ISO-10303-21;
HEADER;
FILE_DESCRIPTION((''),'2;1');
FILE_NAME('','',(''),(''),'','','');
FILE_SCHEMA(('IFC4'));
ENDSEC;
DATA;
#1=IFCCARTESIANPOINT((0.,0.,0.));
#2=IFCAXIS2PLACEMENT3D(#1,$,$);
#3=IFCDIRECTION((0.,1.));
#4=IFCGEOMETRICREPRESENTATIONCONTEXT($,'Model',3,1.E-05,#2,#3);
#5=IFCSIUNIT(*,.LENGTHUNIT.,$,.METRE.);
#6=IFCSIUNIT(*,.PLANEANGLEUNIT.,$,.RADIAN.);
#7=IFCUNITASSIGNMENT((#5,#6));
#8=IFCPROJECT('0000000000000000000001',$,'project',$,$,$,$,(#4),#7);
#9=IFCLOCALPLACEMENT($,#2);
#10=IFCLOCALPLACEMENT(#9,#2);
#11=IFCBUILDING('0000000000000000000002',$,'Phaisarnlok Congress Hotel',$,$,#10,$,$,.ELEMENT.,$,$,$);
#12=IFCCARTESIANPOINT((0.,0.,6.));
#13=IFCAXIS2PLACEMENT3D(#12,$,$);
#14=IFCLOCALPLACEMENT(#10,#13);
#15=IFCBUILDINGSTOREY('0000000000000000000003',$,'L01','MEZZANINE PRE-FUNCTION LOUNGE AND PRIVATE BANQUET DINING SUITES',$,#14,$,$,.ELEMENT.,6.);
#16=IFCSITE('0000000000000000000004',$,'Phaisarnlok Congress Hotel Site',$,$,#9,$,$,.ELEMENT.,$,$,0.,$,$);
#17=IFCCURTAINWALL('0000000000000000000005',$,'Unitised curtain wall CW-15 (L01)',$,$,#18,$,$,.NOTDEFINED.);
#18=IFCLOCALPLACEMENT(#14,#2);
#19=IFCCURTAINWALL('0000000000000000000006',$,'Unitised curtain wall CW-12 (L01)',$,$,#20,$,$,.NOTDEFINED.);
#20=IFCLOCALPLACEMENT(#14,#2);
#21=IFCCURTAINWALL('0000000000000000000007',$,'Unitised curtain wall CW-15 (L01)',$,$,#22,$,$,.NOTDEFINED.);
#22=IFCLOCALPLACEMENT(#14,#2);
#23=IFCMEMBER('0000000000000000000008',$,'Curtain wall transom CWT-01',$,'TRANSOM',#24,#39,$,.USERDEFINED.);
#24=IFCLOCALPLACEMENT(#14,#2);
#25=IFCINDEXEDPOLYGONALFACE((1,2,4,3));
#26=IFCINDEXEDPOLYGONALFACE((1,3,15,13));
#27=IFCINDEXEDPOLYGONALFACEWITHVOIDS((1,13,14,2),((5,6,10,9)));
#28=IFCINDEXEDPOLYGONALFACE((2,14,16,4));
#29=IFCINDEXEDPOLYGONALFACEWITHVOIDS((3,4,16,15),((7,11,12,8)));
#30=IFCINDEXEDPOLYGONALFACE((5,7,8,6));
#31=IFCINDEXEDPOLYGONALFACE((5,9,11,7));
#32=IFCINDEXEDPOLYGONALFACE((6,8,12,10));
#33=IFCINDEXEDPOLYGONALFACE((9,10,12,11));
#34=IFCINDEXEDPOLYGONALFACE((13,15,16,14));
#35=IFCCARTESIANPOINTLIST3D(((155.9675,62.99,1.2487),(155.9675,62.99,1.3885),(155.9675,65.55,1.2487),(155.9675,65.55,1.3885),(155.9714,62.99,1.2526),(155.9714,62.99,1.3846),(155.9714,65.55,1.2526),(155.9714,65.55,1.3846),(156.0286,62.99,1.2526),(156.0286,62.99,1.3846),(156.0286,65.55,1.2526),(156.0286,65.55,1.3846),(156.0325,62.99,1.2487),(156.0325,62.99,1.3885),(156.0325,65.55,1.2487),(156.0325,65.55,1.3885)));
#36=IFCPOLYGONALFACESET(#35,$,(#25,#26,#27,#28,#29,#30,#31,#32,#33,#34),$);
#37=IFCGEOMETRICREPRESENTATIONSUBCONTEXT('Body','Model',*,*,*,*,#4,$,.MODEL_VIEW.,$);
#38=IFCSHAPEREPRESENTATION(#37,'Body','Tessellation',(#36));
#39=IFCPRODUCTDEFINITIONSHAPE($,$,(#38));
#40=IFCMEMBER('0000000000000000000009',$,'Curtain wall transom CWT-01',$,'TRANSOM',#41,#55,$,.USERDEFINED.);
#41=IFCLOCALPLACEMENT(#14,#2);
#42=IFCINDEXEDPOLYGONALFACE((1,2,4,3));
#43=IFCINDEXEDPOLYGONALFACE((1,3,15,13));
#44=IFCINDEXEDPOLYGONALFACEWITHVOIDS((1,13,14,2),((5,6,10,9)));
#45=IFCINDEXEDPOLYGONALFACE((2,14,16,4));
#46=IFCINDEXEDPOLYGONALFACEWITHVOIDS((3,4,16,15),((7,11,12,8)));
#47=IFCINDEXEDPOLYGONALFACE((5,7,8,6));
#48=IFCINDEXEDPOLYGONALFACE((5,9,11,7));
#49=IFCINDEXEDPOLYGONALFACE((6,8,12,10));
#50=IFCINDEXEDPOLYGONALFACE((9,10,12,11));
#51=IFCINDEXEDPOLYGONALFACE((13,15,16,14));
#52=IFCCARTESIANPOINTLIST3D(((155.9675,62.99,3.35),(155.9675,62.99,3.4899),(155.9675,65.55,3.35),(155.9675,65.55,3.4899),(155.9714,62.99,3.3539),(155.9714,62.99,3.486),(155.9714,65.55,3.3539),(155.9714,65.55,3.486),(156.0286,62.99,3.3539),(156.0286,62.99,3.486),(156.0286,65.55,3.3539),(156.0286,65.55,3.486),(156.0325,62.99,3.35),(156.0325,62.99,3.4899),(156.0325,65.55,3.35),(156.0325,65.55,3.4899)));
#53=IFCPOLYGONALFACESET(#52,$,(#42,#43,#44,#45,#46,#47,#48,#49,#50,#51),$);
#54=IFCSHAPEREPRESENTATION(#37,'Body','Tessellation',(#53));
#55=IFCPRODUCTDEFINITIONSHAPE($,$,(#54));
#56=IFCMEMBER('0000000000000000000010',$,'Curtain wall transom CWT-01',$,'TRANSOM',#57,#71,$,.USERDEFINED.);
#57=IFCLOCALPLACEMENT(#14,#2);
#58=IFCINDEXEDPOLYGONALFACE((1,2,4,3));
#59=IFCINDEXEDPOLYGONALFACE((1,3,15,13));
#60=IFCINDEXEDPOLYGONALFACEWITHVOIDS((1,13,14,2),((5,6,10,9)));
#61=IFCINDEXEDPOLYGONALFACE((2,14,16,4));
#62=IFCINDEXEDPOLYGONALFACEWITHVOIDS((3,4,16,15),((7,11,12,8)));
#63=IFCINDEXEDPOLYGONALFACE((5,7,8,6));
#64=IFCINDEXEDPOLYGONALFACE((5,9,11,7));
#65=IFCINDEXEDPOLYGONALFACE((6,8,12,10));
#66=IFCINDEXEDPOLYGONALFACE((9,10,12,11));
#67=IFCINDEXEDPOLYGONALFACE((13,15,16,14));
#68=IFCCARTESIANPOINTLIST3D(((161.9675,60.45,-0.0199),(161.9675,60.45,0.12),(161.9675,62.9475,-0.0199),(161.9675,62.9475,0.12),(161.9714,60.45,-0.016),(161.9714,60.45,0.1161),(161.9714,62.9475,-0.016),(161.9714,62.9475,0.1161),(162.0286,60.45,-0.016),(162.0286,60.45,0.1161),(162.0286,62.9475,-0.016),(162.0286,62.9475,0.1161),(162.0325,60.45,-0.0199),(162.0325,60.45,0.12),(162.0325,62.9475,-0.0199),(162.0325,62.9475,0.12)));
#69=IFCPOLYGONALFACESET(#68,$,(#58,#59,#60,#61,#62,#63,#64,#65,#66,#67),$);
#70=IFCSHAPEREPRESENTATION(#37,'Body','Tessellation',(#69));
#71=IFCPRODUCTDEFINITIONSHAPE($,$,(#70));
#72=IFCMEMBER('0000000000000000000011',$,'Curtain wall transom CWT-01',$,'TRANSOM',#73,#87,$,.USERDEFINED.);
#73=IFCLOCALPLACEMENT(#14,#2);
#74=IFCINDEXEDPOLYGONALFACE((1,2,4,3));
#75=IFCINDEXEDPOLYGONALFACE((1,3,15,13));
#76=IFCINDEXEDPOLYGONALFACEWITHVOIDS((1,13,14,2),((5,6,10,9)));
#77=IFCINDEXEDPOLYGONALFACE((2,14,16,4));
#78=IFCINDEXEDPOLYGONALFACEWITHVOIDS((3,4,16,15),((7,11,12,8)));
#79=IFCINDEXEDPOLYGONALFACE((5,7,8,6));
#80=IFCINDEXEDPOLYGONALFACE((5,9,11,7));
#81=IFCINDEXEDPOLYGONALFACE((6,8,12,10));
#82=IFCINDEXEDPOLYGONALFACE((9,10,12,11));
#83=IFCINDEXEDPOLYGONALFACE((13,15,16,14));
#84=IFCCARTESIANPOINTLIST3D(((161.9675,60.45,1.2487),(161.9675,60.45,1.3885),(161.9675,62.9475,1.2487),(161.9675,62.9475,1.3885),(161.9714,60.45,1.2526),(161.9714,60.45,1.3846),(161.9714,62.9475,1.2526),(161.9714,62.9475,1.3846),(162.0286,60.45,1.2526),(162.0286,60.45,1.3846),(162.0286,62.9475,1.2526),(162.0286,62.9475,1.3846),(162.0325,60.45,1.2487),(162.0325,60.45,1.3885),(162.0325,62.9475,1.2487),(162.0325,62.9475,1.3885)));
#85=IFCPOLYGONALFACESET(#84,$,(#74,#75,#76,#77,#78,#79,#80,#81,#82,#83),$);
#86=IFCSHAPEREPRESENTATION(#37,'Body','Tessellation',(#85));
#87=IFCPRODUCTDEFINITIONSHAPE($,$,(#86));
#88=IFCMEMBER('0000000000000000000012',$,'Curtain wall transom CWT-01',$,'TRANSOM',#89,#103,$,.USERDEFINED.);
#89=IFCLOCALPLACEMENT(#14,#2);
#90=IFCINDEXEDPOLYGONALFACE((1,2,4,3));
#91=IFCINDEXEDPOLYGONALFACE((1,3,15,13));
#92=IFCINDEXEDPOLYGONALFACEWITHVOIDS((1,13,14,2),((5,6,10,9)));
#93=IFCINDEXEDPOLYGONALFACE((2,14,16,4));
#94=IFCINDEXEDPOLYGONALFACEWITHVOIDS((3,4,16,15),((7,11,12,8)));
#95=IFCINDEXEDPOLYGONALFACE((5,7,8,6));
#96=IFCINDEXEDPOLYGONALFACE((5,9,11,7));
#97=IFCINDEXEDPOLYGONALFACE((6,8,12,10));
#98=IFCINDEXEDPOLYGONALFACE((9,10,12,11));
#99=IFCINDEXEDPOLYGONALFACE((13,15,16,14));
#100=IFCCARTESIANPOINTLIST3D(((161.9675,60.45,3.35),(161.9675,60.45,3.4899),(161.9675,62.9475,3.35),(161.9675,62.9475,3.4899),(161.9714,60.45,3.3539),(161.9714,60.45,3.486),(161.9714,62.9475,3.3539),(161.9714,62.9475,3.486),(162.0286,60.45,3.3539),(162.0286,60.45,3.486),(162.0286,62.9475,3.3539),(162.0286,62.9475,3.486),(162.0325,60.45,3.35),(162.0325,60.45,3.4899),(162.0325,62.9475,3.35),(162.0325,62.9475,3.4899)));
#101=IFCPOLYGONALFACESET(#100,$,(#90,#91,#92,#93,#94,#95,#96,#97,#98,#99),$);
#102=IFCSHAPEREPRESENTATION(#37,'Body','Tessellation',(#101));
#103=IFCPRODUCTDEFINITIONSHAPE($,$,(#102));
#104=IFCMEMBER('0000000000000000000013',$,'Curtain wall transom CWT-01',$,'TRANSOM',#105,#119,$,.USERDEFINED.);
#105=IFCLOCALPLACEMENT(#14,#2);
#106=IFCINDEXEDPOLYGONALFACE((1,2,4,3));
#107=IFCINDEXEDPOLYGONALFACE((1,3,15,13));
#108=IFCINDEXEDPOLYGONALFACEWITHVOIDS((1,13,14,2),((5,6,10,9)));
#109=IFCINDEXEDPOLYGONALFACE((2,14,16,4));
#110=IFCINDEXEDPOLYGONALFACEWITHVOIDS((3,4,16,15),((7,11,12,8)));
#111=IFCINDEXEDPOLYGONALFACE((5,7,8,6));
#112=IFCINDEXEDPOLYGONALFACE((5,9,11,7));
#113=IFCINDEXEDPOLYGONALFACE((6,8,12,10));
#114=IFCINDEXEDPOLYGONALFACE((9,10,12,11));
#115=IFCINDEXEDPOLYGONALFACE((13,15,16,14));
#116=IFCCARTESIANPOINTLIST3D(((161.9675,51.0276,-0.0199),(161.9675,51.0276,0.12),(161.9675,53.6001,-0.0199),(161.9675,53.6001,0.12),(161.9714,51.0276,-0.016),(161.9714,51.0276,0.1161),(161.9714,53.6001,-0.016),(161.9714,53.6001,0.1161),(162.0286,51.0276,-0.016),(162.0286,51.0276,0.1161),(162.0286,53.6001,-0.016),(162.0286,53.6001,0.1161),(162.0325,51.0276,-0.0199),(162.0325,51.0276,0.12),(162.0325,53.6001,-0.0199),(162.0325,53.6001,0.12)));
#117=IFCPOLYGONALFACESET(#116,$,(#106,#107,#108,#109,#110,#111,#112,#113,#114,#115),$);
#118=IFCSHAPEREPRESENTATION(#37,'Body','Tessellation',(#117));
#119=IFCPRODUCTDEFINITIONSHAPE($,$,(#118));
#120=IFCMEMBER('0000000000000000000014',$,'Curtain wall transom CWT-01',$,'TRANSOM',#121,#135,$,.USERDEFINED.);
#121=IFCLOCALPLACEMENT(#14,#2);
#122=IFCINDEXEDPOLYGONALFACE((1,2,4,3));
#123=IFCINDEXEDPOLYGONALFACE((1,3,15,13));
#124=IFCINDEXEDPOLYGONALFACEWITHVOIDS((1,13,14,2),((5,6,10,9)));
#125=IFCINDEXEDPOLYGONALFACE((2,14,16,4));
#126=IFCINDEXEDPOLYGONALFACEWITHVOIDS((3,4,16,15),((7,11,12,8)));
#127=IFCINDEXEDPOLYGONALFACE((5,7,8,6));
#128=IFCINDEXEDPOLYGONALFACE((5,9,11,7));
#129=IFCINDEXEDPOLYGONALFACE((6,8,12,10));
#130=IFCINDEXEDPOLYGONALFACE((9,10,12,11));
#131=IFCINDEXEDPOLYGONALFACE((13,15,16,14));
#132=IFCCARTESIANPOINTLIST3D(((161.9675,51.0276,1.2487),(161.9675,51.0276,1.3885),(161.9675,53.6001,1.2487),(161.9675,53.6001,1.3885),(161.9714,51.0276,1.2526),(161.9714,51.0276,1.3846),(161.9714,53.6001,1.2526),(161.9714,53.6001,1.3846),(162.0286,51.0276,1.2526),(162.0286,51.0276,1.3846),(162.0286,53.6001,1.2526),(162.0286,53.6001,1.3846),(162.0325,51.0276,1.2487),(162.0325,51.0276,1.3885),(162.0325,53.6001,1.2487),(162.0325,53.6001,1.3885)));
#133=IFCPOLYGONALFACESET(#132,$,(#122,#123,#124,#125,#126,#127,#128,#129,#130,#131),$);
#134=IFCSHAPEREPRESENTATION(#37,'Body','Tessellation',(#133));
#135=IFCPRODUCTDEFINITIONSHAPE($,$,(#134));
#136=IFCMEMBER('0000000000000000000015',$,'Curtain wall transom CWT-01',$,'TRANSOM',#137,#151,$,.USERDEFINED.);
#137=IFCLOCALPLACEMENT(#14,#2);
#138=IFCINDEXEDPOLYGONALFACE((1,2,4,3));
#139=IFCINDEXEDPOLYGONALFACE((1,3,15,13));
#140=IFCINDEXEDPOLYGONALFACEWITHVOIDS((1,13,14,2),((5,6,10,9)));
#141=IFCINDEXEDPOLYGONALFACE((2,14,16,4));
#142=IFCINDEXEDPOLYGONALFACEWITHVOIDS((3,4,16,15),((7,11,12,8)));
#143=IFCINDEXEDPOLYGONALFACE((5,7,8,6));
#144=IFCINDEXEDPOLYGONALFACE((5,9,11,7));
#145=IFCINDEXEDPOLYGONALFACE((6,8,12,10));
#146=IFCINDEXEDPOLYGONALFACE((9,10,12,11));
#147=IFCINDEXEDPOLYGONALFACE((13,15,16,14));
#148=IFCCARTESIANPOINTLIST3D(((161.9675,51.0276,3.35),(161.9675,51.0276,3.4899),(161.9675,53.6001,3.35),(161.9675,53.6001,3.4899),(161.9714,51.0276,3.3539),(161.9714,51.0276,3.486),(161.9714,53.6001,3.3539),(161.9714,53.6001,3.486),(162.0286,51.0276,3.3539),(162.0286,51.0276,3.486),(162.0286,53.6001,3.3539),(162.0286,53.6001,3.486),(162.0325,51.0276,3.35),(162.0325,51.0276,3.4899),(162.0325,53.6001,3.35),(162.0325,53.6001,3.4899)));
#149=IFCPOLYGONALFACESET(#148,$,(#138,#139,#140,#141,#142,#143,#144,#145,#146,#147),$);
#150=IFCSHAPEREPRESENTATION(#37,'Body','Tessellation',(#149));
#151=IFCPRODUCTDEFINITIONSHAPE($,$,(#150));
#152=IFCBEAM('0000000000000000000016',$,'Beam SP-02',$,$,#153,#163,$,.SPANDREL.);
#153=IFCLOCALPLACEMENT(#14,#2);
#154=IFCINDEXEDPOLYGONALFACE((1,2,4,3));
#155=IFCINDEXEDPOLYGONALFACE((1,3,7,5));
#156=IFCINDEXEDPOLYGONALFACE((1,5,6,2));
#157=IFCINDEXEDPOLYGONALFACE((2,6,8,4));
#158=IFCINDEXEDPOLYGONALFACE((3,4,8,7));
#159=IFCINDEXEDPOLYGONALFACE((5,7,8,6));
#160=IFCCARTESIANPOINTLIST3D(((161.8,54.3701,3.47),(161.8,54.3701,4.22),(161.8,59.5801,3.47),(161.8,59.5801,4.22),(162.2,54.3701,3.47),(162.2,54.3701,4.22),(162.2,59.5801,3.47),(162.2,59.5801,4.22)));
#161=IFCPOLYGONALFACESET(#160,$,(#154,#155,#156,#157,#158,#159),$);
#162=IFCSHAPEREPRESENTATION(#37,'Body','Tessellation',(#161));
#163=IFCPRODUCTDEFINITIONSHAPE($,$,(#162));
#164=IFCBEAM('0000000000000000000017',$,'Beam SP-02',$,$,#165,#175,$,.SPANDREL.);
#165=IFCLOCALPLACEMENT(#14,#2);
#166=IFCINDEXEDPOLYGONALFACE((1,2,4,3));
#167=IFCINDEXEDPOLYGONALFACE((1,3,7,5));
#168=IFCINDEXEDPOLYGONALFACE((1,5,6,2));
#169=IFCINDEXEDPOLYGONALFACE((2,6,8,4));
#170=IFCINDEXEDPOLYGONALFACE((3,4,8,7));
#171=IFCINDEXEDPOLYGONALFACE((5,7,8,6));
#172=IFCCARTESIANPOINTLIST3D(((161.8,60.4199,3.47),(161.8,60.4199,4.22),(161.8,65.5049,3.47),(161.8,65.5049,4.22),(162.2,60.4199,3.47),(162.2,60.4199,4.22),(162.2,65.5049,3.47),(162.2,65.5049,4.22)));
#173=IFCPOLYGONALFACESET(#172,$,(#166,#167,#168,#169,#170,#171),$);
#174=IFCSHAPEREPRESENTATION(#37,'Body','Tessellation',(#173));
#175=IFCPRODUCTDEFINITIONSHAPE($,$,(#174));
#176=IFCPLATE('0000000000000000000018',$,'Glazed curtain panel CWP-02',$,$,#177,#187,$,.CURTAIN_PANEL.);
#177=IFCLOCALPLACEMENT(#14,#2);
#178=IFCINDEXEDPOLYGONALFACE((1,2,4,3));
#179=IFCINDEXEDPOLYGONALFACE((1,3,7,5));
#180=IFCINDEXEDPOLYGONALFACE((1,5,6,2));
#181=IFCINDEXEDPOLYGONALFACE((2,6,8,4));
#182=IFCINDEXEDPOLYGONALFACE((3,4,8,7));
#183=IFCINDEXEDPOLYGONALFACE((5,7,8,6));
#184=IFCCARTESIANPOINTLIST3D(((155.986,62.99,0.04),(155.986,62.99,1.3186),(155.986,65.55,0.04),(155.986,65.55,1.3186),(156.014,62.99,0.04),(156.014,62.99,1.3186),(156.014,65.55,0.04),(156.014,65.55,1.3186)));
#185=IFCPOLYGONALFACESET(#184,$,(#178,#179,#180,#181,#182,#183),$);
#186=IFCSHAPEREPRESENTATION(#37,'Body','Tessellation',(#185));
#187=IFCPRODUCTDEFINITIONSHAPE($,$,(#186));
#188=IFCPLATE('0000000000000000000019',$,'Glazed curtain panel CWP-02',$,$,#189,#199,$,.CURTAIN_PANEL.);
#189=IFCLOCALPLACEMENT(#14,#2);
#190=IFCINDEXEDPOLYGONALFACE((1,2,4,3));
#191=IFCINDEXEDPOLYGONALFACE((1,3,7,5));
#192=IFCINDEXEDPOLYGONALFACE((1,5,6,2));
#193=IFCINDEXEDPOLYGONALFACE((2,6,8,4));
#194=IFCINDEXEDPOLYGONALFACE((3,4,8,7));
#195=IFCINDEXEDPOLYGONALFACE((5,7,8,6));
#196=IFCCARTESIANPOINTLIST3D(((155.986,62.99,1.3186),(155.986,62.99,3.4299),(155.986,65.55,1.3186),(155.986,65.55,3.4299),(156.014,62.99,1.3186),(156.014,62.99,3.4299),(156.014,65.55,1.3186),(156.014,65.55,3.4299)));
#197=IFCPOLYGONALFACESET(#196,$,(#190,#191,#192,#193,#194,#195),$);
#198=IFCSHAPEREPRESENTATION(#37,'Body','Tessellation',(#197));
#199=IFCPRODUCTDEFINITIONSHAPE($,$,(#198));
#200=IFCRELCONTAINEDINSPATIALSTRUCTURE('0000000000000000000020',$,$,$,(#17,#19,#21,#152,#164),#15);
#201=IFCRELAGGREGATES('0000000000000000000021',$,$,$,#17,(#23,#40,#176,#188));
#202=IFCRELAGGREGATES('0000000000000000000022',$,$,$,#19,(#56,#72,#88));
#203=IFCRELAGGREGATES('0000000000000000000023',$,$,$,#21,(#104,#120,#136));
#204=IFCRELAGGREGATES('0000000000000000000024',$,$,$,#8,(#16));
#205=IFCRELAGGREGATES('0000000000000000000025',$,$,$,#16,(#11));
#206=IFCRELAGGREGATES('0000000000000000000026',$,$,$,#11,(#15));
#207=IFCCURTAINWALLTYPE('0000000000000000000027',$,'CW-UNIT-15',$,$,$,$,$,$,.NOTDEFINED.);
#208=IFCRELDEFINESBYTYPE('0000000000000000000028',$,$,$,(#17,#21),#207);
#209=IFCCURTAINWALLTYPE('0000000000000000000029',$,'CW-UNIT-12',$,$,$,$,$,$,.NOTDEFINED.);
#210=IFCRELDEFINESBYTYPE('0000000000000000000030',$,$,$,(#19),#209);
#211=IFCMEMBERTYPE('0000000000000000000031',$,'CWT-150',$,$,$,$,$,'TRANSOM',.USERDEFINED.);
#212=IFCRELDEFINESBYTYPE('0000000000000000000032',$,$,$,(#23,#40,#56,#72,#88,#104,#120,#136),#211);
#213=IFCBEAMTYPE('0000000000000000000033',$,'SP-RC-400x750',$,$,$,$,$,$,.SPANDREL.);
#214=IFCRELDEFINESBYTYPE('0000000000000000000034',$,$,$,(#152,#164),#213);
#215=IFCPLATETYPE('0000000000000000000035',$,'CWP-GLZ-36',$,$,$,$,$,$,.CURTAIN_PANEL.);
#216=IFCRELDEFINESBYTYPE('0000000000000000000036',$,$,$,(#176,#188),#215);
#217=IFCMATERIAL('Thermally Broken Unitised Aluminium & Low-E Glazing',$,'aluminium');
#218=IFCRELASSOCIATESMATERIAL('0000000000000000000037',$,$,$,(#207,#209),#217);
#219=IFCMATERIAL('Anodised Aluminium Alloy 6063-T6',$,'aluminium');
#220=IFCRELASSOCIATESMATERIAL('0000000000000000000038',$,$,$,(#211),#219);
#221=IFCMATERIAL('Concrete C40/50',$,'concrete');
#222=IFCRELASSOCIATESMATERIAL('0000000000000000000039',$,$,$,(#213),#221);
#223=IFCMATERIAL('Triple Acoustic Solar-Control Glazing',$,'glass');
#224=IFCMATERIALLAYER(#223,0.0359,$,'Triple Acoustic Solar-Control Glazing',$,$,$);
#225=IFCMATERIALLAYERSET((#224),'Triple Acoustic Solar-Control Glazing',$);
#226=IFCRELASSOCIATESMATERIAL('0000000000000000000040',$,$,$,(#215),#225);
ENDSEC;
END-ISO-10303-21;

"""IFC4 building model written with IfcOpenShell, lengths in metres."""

from ifc_helpers import new_model, si_unit, direction, frame, frame_2d, origin, origin_2d, place, context, subcontext, project, spatial, rectangle, hollow_rectangle, extrude, material, layer, layer_set, material_profile, profile_set, type_object, element, aggregate, save


model = new_model("IFC4")

# Units and contexts
model_context = context("Model", 3, precision=1e-05, world=origin(), true_north=direction((0.0, 1.0)))
body_context = subcontext(model_context, "Body", "Model", "MODEL_VIEW")
ifc_project = project(units=[si_unit("LENGTHUNIT", "METRE"), si_unit("PLANEANGLEUNIT", "RADIAN")], contexts=[model_context])

# Site, building, storey
site_placement = place(None, origin())
site = spatial("IfcSite", under=ifc_project, at=site_placement, Name="Phaisarnlok Congress Hotel Site", CompositionType="ELEMENT", RefElevation=0.0)
building_placement = place(site_placement, origin())
building = spatial("IfcBuilding", under=site, at=building_placement, Name="Phaisarnlok Congress Hotel", CompositionType="ELEMENT")
storey_placement = place(building_placement, frame((0.0, 0.0, 6.0)))
storey = spatial("IfcBuildingStorey", under=building, at=storey_placement, Name="L01", Description="MEZZANINE PRE-FUNCTION LOUNGE AND PRIVATE BANQUET DINING SUITES", CompositionType="ELEMENT", Elevation=6.0)

# Curtain walls
ifc_material_1 = material(Name="Thermally Broken Unitised Aluminium & Low-E Glazing", Category="aluminium")
curtain_wall_type_1 = type_object("IfcCurtainWallType", Name="CW-UNIT-15", PredefinedType="NOTDEFINED", material=ifc_material_1)
curtain_wall_1_placement = place(storey_placement, origin())
curtain_wall_1 = element("IfcCurtainWall", 1, at=curtain_wall_1_placement, inside=storey, type_object=curtain_wall_type_1, Name="Unitised curtain wall CW-15 (L01)", PredefinedType="NOTDEFINED")
ifc_material_2 = material(Name="Anodised Aluminium Alloy 6063-T6", Category="aluminium")
curtain_wall_type_2 = type_object("IfcCurtainWallType", Name="CW-UNIT-12", PredefinedType="NOTDEFINED", material=ifc_material_1)
curtain_wall_2_placement = place(storey_placement, origin())
curtain_wall_2 = element("IfcCurtainWall", 2, at=curtain_wall_2_placement, inside=storey, type_object=curtain_wall_type_2, Name="Unitised curtain wall CW-12 (L01)", PredefinedType="NOTDEFINED")
curtain_wall_3_placement = place(storey_placement, origin())
curtain_wall_3 = element("IfcCurtainWall", 3, at=curtain_wall_3_placement, inside=storey, type_object=curtain_wall_type_1, Name="Unitised curtain wall CW-15 (L01)", PredefinedType="NOTDEFINED")

# Members
ifc_material_profile_1 = material_profile(ifc_material_2, hollow_rectangle(XDim=0.0649, YDim=0.1399, WallThickness=0.0039, at=origin_2d()), Name="ALU-T 65x140x4")
ifc_profile_set_1 = profile_set([ifc_material_profile_1], Name="Anodised Aluminium Alloy 6063-T6")
member_type_1 = type_object("IfcMemberType", Name="CWT-150", ElementType="TRANSOM", PredefinedType="USERDEFINED", material=ifc_profile_set_1)
member_1_placement = place(storey_placement, frame((156.0, 62.99, 1.3186), z_axis=(0.0, 1.0, 0.0), x_axis=(-1.0, 0.0, 0.0)))
member_1 = element("IfcMember", 4, at=member_1_placement, type_object=member_type_1, Name="Curtain wall transom CWT-01", ObjectType="TRANSOM", PredefinedType="USERDEFINED", context=body_context, shape_type="SweptSolid", body=[
    extrude(hollow_rectangle(XDim=0.0649, YDim=0.1399, WallThickness=0.0039, at=origin_2d()), origin(), (0.0, 0.0, 1.0), 2.5601),
])
member_2_placement = place(storey_placement, frame((156.0, 62.99, 3.4199), z_axis=(0.0, 1.0, 0.0), x_axis=(-1.0, 0.0, 0.0)))
member_2 = element("IfcMember", 5, at=member_2_placement, type_object=member_type_1, Name="Curtain wall transom CWT-01", ObjectType="TRANSOM", PredefinedType="USERDEFINED", context=body_context, shape_type="SweptSolid", body=[
    extrude(hollow_rectangle(XDim=0.0649, YDim=0.1399, WallThickness=0.0039, at=origin_2d()), origin(), (0.0, 0.0, 1.0), 2.5601),
])
member_3_placement = place(storey_placement, frame((162.0, 62.9475, 0.05), z_axis=(0.0, -1.0, 0.0), x_axis=(1.0, 0.0, 0.0)))
member_3 = element("IfcMember", 6, at=member_3_placement, type_object=member_type_1, Name="Curtain wall transom CWT-01", ObjectType="TRANSOM", PredefinedType="USERDEFINED", context=body_context, shape_type="SweptSolid", body=[
    extrude(hollow_rectangle(XDim=0.0649, YDim=0.1399, WallThickness=0.0039, at=origin_2d()), origin(), (0.0, 0.0, 1.0), 2.4976),
])
member_4_placement = place(storey_placement, frame((162.0, 62.9475, 1.3186), z_axis=(0.0, -1.0, 0.0), x_axis=(1.0, 0.0, 0.0)))
member_4 = element("IfcMember", 7, at=member_4_placement, type_object=member_type_1, Name="Curtain wall transom CWT-01", ObjectType="TRANSOM", PredefinedType="USERDEFINED", context=body_context, shape_type="SweptSolid", body=[
    extrude(hollow_rectangle(XDim=0.0649, YDim=0.1399, WallThickness=0.0039, at=origin_2d()), origin(), (0.0, 0.0, 1.0), 2.4976),
])
member_5_placement = place(storey_placement, frame((162.0, 62.9475, 3.4199), z_axis=(0.0, -1.0, 0.0), x_axis=(1.0, 0.0, 0.0)))
member_5 = element("IfcMember", 8, at=member_5_placement, type_object=member_type_1, Name="Curtain wall transom CWT-01", ObjectType="TRANSOM", PredefinedType="USERDEFINED", context=body_context, shape_type="SweptSolid", body=[
    extrude(hollow_rectangle(XDim=0.0649, YDim=0.1399, WallThickness=0.0039, at=origin_2d()), origin(), (0.0, 0.0, 1.0), 2.4976),
])
member_6_placement = place(storey_placement, frame((162.0, 53.6001, 0.05), z_axis=(0.0, -1.0, 0.0), x_axis=(1.0, 0.0, 0.0)))
member_6 = element("IfcMember", 9, at=member_6_placement, type_object=member_type_1, Name="Curtain wall transom CWT-01", ObjectType="TRANSOM", PredefinedType="USERDEFINED", context=body_context, shape_type="SweptSolid", body=[
    extrude(hollow_rectangle(XDim=0.0649, YDim=0.1399, WallThickness=0.0039, at=origin_2d()), origin(), (0.0, 0.0, 1.0), 2.5725),
])
member_7_placement = place(storey_placement, frame((162.0, 53.6001, 1.3186), z_axis=(0.0, -1.0, 0.0), x_axis=(1.0, 0.0, 0.0)))
member_7 = element("IfcMember", 10, at=member_7_placement, type_object=member_type_1, Name="Curtain wall transom CWT-01", ObjectType="TRANSOM", PredefinedType="USERDEFINED", context=body_context, shape_type="SweptSolid", body=[
    extrude(hollow_rectangle(XDim=0.0649, YDim=0.1399, WallThickness=0.0039, at=origin_2d()), origin(), (0.0, 0.0, 1.0), 2.5725),
])
member_8_placement = place(storey_placement, frame((162.0, 53.6001, 3.4199), z_axis=(0.0, -1.0, 0.0), x_axis=(1.0, 0.0, 0.0)))
member_8 = element("IfcMember", 11, at=member_8_placement, type_object=member_type_1, Name="Curtain wall transom CWT-01", ObjectType="TRANSOM", PredefinedType="USERDEFINED", context=body_context, shape_type="SweptSolid", body=[
    extrude(hollow_rectangle(XDim=0.0649, YDim=0.1399, WallThickness=0.0039, at=origin_2d()), origin(), (0.0, 0.0, 1.0), 2.5725),
])

# Beams
ifc_material_3 = material(Name="Concrete C40/50", Category="concrete")
ifc_material_profile_2 = material_profile(ifc_material_3, rectangle(XDim=0.3999, YDim=0.75, at=origin_2d()), Name="RC 400x750")
ifc_profile_set_2 = profile_set([ifc_material_profile_2], Name="Concrete C40/50")
beam_type = type_object("IfcBeamType", Name="SP-RC-400x750", PredefinedType="SPANDREL", material=ifc_profile_set_2)
beam_1_placement = place(storey_placement, frame((162.0, 54.3701, 3.845), z_axis=(0.0, 1.0, 0.0), x_axis=(-1.0, 0.0, 0.0)))
element("IfcBeam", 12, at=beam_1_placement, inside=storey, type_object=beam_type, Name="Beam SP-02", PredefinedType="SPANDREL", context=body_context, shape_type="SweptSolid", body=[
    extrude(rectangle(XDim=0.3999, YDim=0.75, at=origin_2d()), origin(), (0.0, 0.0, 1.0), 5.21),
])
beam_2_placement = place(storey_placement, frame((162.0, 60.4199, 3.845), z_axis=(0.0, 1.0, 0.0), x_axis=(-1.0, 0.0, 0.0)))
element("IfcBeam", 13, at=beam_2_placement, inside=storey, type_object=beam_type, Name="Beam SP-02", PredefinedType="SPANDREL", context=body_context, shape_type="SweptSolid", body=[
    extrude(rectangle(XDim=0.3999, YDim=0.75, at=origin_2d()), origin(), (0.0, 0.0, 1.0), 5.085),
])

# Plates
ifc_material_4 = material(Name="Triple Acoustic Solar-Control Glazing", Category="glass")
ifc_layer = layer(ifc_material_4, 0.0359, Name="Triple Acoustic Solar-Control Glazing")
ifc_layer_set = layer_set([ifc_layer], Name="Triple Acoustic Solar-Control Glazing")
plate_type = type_object("IfcPlateType", Name="CWP-GLZ-36", PredefinedType="CURTAIN_PANEL", material=ifc_layer_set)
plate_1_placement = place(storey_placement, frame((156.0, 62.99, 0.04), z_axis=(0.0, 0.0, 1.0), x_axis=(0.0, 1.0, 0.0)))
plate_1 = element("IfcPlate", 14, at=plate_1_placement, type_object=plate_type, Name="Glazed curtain panel CWP-02", PredefinedType="CURTAIN_PANEL", context=body_context, shape_type="SweptSolid", body=[
    extrude(rectangle(XDim=2.5601, YDim=0.0281, at=frame_2d((1.28, 0.0))), origin(), (0.0, 0.0, 1.0), 1.2786),
])
plate_2_placement = place(storey_placement, frame((156.0, 62.99, 1.3186), z_axis=(0.0, 0.0, 1.0), x_axis=(0.0, 1.0, 0.0)))
plate_2 = element("IfcPlate", 15, at=plate_2_placement, type_object=plate_type, Name="Glazed curtain panel CWP-02", PredefinedType="CURTAIN_PANEL", context=body_context, shape_type="SweptSolid", body=[
    extrude(rectangle(XDim=2.5601, YDim=0.0281, at=frame_2d((1.28, 0.0))), origin(), (0.0, 0.0, 1.0), 2.1113),
])
aggregate(curtain_wall_1, [member_1, member_2, plate_1, plate_2])
aggregate(curtain_wall_2, [member_3, member_4, member_5])
aggregate(curtain_wall_3, [member_6, member_7, member_8])

save(model, "model.ifc")
